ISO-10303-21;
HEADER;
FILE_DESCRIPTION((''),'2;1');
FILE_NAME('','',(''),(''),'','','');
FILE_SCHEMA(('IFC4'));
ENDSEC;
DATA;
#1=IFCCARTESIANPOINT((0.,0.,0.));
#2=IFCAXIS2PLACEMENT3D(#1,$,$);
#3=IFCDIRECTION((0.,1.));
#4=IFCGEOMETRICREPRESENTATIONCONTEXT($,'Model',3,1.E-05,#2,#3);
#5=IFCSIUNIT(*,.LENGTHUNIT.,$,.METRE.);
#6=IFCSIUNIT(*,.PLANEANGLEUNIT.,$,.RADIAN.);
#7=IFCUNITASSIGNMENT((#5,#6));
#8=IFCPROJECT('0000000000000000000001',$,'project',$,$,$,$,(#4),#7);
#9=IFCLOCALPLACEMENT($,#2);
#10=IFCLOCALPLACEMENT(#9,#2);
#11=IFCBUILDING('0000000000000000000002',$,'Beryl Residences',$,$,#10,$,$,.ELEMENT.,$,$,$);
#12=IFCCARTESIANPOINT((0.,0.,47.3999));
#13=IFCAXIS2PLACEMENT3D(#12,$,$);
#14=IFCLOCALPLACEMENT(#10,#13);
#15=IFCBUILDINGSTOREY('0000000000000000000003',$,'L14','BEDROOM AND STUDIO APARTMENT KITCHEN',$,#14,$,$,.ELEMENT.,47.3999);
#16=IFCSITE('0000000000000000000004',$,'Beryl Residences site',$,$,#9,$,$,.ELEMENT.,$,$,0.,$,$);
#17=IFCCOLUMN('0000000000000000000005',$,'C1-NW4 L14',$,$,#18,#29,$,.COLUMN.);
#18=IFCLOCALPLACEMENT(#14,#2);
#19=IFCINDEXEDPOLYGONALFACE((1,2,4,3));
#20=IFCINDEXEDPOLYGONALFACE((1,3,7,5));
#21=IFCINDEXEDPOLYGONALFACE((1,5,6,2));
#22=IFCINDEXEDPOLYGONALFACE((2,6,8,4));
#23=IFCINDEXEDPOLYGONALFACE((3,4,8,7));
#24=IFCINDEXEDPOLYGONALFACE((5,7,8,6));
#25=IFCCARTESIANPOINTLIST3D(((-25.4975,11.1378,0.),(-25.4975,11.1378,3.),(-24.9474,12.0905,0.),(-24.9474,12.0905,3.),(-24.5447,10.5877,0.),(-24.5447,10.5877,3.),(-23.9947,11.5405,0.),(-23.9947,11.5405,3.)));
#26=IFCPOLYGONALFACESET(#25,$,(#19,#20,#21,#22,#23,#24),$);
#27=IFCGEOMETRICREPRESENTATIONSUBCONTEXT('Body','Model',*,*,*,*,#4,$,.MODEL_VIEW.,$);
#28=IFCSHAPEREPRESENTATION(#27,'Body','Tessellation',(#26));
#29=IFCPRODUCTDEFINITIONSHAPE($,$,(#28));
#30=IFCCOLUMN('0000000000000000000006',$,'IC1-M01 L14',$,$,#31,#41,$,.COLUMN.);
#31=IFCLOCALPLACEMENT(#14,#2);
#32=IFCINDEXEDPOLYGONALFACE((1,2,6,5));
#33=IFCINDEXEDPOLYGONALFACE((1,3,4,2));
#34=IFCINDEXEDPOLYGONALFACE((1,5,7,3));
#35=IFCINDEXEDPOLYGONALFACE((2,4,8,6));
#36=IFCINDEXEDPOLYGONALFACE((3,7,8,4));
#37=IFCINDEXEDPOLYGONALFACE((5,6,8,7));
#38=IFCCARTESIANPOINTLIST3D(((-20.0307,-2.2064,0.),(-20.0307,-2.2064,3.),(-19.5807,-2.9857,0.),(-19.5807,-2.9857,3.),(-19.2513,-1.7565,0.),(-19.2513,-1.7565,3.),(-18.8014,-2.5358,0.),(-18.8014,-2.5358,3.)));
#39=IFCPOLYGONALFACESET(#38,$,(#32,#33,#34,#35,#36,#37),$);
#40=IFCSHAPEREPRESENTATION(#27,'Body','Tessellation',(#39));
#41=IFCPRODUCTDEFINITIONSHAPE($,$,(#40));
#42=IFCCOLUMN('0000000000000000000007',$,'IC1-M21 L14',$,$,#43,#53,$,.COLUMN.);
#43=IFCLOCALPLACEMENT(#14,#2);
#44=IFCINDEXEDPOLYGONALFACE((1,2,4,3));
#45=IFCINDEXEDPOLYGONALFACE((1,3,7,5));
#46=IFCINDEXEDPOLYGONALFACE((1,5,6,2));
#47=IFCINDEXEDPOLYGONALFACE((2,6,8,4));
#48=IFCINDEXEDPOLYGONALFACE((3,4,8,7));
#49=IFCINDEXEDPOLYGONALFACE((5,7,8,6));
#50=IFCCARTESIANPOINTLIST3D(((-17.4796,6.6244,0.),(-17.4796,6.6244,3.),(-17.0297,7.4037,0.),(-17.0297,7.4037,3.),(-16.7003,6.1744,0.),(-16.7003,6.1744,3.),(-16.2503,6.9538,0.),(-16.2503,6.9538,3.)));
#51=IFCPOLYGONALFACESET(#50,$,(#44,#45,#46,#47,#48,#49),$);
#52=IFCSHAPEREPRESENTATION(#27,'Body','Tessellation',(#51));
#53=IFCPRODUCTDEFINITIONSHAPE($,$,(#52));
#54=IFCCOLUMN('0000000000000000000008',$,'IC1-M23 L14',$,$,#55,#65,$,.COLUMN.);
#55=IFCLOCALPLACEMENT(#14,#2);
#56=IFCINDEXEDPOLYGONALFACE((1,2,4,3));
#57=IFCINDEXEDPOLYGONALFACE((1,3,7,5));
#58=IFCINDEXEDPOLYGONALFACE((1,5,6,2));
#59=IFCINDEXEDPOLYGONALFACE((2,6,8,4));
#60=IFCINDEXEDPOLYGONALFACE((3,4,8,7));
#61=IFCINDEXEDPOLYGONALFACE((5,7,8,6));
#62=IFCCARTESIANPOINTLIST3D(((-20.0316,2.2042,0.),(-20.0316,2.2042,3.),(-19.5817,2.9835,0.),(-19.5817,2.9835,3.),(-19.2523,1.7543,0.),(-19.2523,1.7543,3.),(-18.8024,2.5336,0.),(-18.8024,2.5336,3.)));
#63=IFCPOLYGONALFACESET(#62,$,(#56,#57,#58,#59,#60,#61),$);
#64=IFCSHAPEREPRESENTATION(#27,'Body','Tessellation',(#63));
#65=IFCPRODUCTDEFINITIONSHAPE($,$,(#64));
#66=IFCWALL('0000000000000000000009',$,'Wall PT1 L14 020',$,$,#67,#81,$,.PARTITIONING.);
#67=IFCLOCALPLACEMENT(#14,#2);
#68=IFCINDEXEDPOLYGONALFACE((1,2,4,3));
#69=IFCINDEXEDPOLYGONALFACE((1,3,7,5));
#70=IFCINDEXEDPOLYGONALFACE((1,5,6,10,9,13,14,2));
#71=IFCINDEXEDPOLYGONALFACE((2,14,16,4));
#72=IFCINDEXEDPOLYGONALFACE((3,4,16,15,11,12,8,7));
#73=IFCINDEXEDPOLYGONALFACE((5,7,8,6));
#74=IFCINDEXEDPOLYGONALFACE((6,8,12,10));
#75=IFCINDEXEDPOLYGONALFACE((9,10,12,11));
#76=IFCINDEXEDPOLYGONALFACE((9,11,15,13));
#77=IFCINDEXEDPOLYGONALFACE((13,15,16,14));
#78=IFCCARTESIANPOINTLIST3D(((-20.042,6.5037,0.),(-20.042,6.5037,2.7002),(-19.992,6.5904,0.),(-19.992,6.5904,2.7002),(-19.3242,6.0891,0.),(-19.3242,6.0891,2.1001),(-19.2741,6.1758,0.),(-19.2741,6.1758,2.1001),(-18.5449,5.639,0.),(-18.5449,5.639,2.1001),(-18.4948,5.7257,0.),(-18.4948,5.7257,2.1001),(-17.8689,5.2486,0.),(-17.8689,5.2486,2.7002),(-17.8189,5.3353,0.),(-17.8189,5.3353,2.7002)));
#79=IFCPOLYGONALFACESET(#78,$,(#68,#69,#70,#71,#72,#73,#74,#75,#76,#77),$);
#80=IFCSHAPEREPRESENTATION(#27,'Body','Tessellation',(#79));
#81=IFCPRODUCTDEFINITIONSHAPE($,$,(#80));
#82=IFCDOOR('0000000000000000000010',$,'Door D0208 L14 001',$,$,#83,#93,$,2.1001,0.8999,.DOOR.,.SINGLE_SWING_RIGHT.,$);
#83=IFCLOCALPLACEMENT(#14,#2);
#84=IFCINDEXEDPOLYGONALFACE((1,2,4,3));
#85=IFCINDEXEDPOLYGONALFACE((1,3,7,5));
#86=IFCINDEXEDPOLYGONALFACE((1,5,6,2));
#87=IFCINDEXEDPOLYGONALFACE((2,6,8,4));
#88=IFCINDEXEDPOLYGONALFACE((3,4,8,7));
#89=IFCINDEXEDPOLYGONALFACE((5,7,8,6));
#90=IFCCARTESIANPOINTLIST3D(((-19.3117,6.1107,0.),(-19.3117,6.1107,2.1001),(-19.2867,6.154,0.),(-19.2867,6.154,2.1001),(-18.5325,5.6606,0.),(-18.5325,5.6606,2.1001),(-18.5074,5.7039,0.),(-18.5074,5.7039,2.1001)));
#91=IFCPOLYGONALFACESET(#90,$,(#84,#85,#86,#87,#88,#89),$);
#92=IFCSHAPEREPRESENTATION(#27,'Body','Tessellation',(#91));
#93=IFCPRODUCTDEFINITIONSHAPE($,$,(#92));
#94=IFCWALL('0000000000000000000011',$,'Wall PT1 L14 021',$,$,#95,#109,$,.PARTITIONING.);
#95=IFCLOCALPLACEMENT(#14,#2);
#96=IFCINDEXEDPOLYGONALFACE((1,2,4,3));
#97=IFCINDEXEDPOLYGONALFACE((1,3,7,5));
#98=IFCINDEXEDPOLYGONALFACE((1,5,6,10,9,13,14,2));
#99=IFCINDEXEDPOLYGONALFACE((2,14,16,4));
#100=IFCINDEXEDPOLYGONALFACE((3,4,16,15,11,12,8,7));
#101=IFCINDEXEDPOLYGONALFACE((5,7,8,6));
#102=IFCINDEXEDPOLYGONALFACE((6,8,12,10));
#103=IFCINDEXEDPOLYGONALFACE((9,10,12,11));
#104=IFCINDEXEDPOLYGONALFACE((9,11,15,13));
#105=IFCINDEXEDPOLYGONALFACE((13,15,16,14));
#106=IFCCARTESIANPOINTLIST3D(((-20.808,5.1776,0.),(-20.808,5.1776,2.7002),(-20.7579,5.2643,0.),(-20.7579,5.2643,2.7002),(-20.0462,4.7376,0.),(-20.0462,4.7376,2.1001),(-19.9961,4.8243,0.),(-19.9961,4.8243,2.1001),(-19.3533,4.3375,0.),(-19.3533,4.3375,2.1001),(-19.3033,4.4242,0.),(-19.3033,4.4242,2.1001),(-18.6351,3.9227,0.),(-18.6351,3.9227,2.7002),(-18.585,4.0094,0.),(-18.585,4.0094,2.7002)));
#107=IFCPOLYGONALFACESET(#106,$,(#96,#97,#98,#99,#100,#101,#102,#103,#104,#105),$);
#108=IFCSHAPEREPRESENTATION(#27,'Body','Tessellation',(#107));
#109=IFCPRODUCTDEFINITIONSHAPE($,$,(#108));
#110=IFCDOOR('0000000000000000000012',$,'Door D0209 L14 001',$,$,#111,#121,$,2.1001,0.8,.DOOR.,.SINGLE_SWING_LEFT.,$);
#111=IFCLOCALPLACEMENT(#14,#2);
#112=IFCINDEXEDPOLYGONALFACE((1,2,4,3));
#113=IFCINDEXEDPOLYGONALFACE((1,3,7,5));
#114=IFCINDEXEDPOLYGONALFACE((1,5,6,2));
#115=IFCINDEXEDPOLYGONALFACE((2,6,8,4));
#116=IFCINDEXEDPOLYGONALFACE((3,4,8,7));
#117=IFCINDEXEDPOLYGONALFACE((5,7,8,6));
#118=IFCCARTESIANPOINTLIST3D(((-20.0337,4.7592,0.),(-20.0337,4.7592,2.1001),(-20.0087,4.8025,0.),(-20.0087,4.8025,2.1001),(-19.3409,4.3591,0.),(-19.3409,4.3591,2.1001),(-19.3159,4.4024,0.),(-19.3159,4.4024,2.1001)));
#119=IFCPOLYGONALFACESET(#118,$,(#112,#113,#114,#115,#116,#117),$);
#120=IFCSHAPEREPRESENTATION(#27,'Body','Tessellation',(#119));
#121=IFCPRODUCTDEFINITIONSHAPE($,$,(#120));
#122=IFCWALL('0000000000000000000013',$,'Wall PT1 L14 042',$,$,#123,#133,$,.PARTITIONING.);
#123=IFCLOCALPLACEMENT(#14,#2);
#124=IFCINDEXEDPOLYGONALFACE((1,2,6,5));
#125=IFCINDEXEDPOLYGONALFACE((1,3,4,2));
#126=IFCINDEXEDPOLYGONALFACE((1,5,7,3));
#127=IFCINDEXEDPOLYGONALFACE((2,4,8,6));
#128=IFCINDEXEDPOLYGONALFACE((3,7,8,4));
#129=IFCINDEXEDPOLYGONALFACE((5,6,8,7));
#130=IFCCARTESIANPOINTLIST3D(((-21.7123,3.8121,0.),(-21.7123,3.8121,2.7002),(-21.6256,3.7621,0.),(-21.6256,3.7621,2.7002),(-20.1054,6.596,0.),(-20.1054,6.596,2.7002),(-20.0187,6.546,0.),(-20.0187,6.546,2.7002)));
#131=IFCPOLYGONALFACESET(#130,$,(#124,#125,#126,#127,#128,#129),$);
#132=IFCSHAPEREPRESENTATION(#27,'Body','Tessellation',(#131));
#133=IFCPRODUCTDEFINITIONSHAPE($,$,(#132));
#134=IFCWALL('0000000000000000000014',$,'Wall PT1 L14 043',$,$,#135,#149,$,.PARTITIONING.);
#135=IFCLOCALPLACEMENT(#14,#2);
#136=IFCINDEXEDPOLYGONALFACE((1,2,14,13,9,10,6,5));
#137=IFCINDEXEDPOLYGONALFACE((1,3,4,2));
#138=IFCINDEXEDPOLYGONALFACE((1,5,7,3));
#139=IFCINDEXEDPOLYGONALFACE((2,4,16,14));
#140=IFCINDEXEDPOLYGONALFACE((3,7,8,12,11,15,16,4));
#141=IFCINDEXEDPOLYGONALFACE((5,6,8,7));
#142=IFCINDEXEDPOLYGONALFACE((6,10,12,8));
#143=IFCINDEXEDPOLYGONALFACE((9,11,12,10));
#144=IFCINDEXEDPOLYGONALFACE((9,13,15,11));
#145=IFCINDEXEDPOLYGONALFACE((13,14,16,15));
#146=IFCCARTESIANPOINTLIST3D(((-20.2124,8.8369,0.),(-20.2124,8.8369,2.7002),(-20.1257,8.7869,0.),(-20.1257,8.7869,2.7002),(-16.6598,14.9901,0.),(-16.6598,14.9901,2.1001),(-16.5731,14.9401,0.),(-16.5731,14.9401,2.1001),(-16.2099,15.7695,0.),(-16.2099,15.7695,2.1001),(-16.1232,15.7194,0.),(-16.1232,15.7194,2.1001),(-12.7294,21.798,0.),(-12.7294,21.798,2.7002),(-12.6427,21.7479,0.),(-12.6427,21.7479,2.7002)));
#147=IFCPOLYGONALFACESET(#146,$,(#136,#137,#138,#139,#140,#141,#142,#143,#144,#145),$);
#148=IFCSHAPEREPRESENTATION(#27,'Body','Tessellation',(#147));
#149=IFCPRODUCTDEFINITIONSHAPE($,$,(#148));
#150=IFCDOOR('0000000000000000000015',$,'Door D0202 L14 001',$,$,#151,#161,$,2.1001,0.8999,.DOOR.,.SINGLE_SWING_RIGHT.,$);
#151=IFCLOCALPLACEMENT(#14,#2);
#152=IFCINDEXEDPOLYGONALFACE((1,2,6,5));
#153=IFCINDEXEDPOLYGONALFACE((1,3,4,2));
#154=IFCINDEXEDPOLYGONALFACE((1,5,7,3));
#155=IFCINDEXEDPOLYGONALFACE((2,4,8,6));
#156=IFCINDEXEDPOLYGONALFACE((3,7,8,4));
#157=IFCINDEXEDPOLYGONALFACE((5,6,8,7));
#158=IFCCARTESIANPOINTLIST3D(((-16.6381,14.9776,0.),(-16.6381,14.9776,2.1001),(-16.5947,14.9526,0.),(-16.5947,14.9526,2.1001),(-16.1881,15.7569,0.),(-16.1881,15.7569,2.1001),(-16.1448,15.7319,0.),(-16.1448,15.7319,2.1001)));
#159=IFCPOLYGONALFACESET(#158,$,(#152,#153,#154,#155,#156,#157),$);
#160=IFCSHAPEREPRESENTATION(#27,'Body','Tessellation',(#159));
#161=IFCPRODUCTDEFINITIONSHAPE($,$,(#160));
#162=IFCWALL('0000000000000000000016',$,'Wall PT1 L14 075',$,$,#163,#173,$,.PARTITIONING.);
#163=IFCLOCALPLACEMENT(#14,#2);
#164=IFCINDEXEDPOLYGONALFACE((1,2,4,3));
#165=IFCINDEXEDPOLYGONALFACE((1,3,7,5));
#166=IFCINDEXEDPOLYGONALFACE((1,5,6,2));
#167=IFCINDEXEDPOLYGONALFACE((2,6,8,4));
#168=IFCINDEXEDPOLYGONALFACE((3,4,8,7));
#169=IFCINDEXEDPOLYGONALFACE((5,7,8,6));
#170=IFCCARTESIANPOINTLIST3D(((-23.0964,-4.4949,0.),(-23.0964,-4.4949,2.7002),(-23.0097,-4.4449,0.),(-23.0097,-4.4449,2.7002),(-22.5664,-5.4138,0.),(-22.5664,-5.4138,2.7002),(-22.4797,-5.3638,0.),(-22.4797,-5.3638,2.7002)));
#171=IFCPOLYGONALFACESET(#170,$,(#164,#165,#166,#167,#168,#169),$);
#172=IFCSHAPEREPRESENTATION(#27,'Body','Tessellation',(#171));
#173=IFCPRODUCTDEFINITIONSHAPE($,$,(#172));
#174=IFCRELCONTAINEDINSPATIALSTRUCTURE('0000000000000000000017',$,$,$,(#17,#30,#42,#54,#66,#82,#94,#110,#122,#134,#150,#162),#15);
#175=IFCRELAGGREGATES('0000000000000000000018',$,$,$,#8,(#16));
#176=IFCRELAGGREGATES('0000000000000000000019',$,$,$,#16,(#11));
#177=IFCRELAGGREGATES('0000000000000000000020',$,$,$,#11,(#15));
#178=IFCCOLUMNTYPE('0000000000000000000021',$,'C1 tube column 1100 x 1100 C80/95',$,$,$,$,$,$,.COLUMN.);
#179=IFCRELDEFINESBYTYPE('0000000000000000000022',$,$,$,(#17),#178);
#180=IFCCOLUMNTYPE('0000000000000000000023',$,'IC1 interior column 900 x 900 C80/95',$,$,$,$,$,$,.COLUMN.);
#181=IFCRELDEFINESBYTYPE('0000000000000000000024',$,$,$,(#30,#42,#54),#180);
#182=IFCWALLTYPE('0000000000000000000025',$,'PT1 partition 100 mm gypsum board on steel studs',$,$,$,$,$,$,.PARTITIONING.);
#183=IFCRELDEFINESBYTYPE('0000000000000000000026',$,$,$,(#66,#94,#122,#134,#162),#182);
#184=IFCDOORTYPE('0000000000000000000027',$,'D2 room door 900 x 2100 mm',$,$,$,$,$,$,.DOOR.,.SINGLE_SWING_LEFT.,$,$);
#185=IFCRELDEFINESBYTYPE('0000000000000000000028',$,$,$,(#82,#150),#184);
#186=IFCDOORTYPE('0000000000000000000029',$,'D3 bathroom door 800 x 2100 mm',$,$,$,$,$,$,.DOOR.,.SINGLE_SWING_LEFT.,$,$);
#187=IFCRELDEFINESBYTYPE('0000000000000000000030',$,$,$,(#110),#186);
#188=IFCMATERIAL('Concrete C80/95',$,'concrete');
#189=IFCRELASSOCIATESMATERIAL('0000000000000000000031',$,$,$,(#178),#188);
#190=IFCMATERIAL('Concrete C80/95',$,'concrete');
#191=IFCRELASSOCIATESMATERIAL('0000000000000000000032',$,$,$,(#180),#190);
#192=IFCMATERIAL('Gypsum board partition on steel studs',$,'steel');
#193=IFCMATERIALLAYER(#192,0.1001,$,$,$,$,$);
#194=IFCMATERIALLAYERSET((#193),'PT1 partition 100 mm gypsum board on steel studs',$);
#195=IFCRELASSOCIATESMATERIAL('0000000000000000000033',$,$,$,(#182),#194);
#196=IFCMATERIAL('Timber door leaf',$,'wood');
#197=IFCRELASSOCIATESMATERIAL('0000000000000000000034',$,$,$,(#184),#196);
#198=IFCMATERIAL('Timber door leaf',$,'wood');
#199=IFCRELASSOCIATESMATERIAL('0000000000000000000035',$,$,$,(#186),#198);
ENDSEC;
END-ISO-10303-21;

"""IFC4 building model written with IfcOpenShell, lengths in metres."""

from ifc_helpers import new_model, si_unit, direction, frame, frame_2d, origin, origin_2d, place, context, subcontext, project, spatial, rectangle, extrude, material, layer, layer_set, material_profile, profile_set, type_object, element, fill, save


model = new_model("IFC4")

# Units and contexts
model_context = context("Model", 3, precision=1e-05, world=origin(), true_north=direction((0.0, 1.0)))
body_context = subcontext(model_context, "Body", "Model", "MODEL_VIEW")
ifc_project = project(units=[si_unit("LENGTHUNIT", "METRE"), si_unit("PLANEANGLEUNIT", "RADIAN")], contexts=[model_context])

# Site, building, storey
site_placement = place(None, origin())
site = spatial("IfcSite", under=ifc_project, at=site_placement, Name="Beryl Residences site", CompositionType="ELEMENT", RefElevation=0.0)
building_placement = place(site_placement, origin())
building = spatial("IfcBuilding", under=site, at=building_placement, Name="Beryl Residences", CompositionType="ELEMENT")
storey_placement = place(building_placement, frame((0.0, 0.0, 47.3999)))
storey = spatial("IfcBuildingStorey", under=building, at=storey_placement, Name="L14", Description="BEDROOM AND STUDIO APARTMENT KITCHEN", CompositionType="ELEMENT", Elevation=47.3999)

# Columns
ifc_material_1 = material(Name="Concrete C80/95", Category="concrete")
ifc_material_profile_1 = material_profile(ifc_material_1, rectangle(XDim=1.1001, YDim=1.1001, at=origin_2d()))
ifc_profile_set_1 = profile_set([ifc_material_profile_1], Name="Concrete C80/95")
column_type_1 = type_object("IfcColumnType", Name="C1 tube column 1100 x 1100 C80/95", PredefinedType="COLUMN", material=ifc_profile_set_1)
column_placement = place(storey_placement, frame((-24.7461, 11.3391, 0.0), z_axis=(0.0, 0.0, 1.0), x_axis=(-0.499985, -0.866034, 0.0)))
element("IfcColumn", 1, at=column_placement, inside=storey, type_object=column_type_1, Name="C1-NW4 L14", PredefinedType="COLUMN", context=body_context, shape_type="SweptSolid", body=[
    extrude(rectangle(XDim=1.1001, YDim=1.1001, at=origin_2d()), origin(), (0.0, 0.0, 1.0), 3.0),
])
ifc_material_2 = material(Name="Concrete C80/95", Category="concrete")
ifc_material_profile_2 = material_profile(ifc_material_2, rectangle(XDim=0.8999, YDim=0.8999, at=origin_2d()))
ifc_profile_set_2 = profile_set([ifc_material_profile_2], Name="Concrete C80/95")
column_type_2 = type_object("IfcColumnType", Name="IC1 interior column 900 x 900 C80/95", PredefinedType="COLUMN", material=ifc_profile_set_2)
for number, where, z_axis, x_axis, name in (
    (2, (-19.416, -2.3711, 0.0), (0.0, 0.0, 1.0), (0.499985, -0.866034, 0.0), "IC1-M01 L14"),
    (3, (-16.865, 6.7891, 0.0), (0.0, 0.0, 1.0), (-0.499985, -0.866034, 0.0), "IC1-M21 L14"),
    (4, (-19.417, 2.3689, 0.0), (0.0, 0.0, 1.0), (-0.499985, -0.866034, 0.0), "IC1-M23 L14"),
):
    element("IfcColumn", number, at=place(storey_placement, frame(where, z_axis=z_axis, x_axis=x_axis)), inside=storey, type_object=column_type_2, Name=name, PredefinedType="COLUMN", context=body_context, shape_type="SweptSolid", body=[
        extrude(rectangle(XDim=0.8999, YDim=0.8999, at=origin_2d()), origin(), (0.0, 0.0, 1.0), 3.0),
    ])

# Walls, openings, doors
ifc_material_3 = material(Name="Gypsum board partition on steel studs", Category="steel")
ifc_layer_1 = layer(ifc_material_3, 0.1001)
ifc_layer_set_1 = layer_set([ifc_layer_1], Name="PT1 partition 100 mm gypsum board on steel studs")
wall_type_1 = type_object("IfcWallType", Name="PT1 partition 100 mm gypsum board on steel studs", PredefinedType="PARTITIONING", material=ifc_layer_set_1)
wall_1_placement = place(storey_placement, frame((-20.0171, 6.5471, 0.0), z_axis=(0.0, 0.0, 1.0), x_axis=(0.865941, -0.500146, 0.0)))
wall_1 = element("IfcWall", 5, at=wall_1_placement, inside=storey, type_object=wall_type_1, Name="Wall PT1 L14 020", PredefinedType="PARTITIONING", context=body_context, shape_type="SweptSolid", body=[
    extrude(rectangle(XDim=2.5095, YDim=0.1001, at=frame_2d((1.2549, 0.0))), origin(), (0.0, 0.0, 1.0), 2.7002),
])
opening_1_placement = place(wall_1_placement, frame((0.8291, 0.0, 0.0)))
opening_1 = element("IfcOpeningElement", 6, at=opening_1_placement, cuts=wall_1, PredefinedType="OPENING", context=body_context, shape_type="SweptSolid", body=[
    extrude(rectangle(XDim=0.8999, YDim=2.1001, at=frame_2d((0.45, 1.05))), frame((0.0, 0.0601, 0.0), z_axis=(0.0, -1.0, 0.0), x_axis=(1.0, 0.0, 0.0)), (0.0, 0.0, 1.0), 0.1201),
])
ifc_material_4 = material(Name="Timber door leaf", Category="wood")
door_type_1 = type_object("IfcDoorType", Name="D2 room door 900 x 2100 mm", OperationType="SINGLE_SWING_LEFT", PredefinedType="DOOR", material=ifc_material_4)
door_1_placement = place(opening_1_placement, origin())
door_1 = element("IfcDoor", 7, at=door_1_placement, inside=storey, type_object=door_type_1, Name="Door D0208 L14 001", OperationType="SINGLE_SWING_RIGHT", OverallHeight=2.1001, OverallWidth=0.8999, PredefinedType="DOOR", context=body_context, shape_type="SweptSolid", body=[
    extrude(rectangle(XDim=0.8999, YDim=2.1001, at=frame_2d((0.45, 1.05))), frame((0.0, 0.0249, 0.0), z_axis=(0.0, -1.0, 0.0), x_axis=(1.0, 0.0, 0.0)), (0.0, 0.0, 1.0), 0.05),
])
fill(opening_1, door_1)
wall_2_placement = place(storey_placement, frame((-20.783, 5.2209, 0.0), z_axis=(0.0, 0.0, 1.0), x_axis=(0.865959, -0.500115, 0.0)))
wall_2 = element("IfcWall", 8, at=wall_2_placement, inside=storey, type_object=wall_type_1, Name="Wall PT1 L14 021", PredefinedType="PARTITIONING", context=body_context, shape_type="SweptSolid", body=[
    extrude(rectangle(XDim=2.5093, YDim=0.1001, at=frame_2d((1.2546, 0.0))), origin(), (0.0, 0.0, 1.0), 2.7002),
])
opening_2_placement = place(wall_2_placement, frame((0.8799, 0.0, 0.0)))
opening_2 = element("IfcOpeningElement", 9, at=opening_2_placement, cuts=wall_2, PredefinedType="OPENING", context=body_context, shape_type="SweptSolid", body=[
    extrude(rectangle(XDim=0.8, YDim=2.1001, at=frame_2d((0.3999, 1.05))), frame((0.0, 0.0601, 0.0), z_axis=(0.0, -1.0, 0.0), x_axis=(1.0, 0.0, 0.0)), (0.0, 0.0, 1.0), 0.1201),
])
ifc_material_5 = material(Name="Timber door leaf", Category="wood")
door_type_2 = type_object("IfcDoorType", Name="D3 bathroom door 800 x 2100 mm", OperationType="SINGLE_SWING_LEFT", PredefinedType="DOOR", material=ifc_material_5)
door_2_placement = place(opening_2_placement, origin())
door_2 = element("IfcDoor", 10, at=door_2_placement, inside=storey, type_object=door_type_2, Name="Door D0209 L14 001", OperationType="SINGLE_SWING_LEFT", OverallHeight=2.1001, OverallWidth=0.8, PredefinedType="DOOR", context=body_context, shape_type="SweptSolid", body=[
    extrude(rectangle(XDim=0.8, YDim=2.1001, at=frame_2d((0.3999, 1.05))), frame((0.0, 0.0249, 0.0), z_axis=(0.0, -1.0, 0.0), x_axis=(1.0, 0.0, 0.0)), (0.0, 0.0, 1.0), 0.05),
])
fill(opening_2, door_2)

# Wall
wall_3_placement = place(storey_placement, frame((-21.6689, 3.7871, 0.0), z_axis=(0.0, 0.0, 1.0), x_axis=(0.499913, 0.866076, 0.0)))
element("IfcWall", 11, at=wall_3_placement, inside=storey, type_object=wall_type_1, Name="Wall PT1 L14 042", PredefinedType="PARTITIONING", context=body_context, shape_type="SweptSolid", body=[
    extrude(rectangle(XDim=3.2144, YDim=0.1001, at=frame_2d((1.6072, 0.0))), origin(), (0.0, 0.0, 1.0), 2.7002),
])

# Wall, opening, door
wall_4_placement = place(storey_placement, frame((-20.1689, 8.812, 0.0), z_axis=(0.0, 0.0, 1.0), x_axis=(0.499995, 0.866028, 0.0)))
wall_4 = element("IfcWall", 12, at=wall_4_placement, inside=storey, type_object=wall_type_1, Name="Wall PT1 L14 043", PredefinedType="PARTITIONING", context=body_context, shape_type="SweptSolid", body=[
    extrude(rectangle(XDim=14.9661, YDim=0.1001, at=frame_2d((7.4829, 0.0))), origin(), (0.0, 0.0, 1.0), 2.7002),
])
opening_3_placement = place(wall_4_placement, frame((7.105, 0.0, 0.0)))
opening_3 = element("IfcOpeningElement", 13, at=opening_3_placement, cuts=wall_4, PredefinedType="OPENING", context=body_context, shape_type="SweptSolid", body=[
    extrude(rectangle(XDim=0.8999, YDim=2.1001, at=frame_2d((0.45, 1.05))), frame((0.0, 0.0601, 0.0), z_axis=(0.0, -1.0, 0.0), x_axis=(1.0, 0.0, 0.0)), (0.0, 0.0, 1.0), 0.1201),
])
door_3_placement = place(opening_3_placement, origin())
door_3 = element("IfcDoor", 14, at=door_3_placement, inside=storey, type_object=door_type_1, Name="Door D0202 L14 001", OperationType="SINGLE_SWING_RIGHT", OverallHeight=2.1001, OverallWidth=0.8999, PredefinedType="DOOR", context=body_context, shape_type="SweptSolid", body=[
    extrude(rectangle(XDim=0.8999, YDim=2.1001, at=frame_2d((0.45, 1.05))), frame((0.0, 0.0249, 0.0), z_axis=(0.0, -1.0, 0.0), x_axis=(1.0, 0.0, 0.0)), (0.0, 0.0, 1.0), 0.05),
])
fill(opening_3, door_3)

# Wall
wall_5_placement = place(storey_placement, frame((-23.053, -4.47, 0.0), z_axis=(0.0, 0.0, 1.0), x_axis=(0.499629, -0.866239, 0.0)))
element("IfcWall", 15, at=wall_5_placement, inside=storey, type_object=wall_type_1, Name="Wall PT1 L14 075", PredefinedType="PARTITIONING", context=body_context, shape_type="SweptSolid", body=[
    extrude(rectangle(XDim=1.0608, YDim=0.1001, at=frame_2d((0.5303, 0.0))), origin(), (0.0, 0.0, 1.0), 2.7002),
])

save(model, "model.ifc")
